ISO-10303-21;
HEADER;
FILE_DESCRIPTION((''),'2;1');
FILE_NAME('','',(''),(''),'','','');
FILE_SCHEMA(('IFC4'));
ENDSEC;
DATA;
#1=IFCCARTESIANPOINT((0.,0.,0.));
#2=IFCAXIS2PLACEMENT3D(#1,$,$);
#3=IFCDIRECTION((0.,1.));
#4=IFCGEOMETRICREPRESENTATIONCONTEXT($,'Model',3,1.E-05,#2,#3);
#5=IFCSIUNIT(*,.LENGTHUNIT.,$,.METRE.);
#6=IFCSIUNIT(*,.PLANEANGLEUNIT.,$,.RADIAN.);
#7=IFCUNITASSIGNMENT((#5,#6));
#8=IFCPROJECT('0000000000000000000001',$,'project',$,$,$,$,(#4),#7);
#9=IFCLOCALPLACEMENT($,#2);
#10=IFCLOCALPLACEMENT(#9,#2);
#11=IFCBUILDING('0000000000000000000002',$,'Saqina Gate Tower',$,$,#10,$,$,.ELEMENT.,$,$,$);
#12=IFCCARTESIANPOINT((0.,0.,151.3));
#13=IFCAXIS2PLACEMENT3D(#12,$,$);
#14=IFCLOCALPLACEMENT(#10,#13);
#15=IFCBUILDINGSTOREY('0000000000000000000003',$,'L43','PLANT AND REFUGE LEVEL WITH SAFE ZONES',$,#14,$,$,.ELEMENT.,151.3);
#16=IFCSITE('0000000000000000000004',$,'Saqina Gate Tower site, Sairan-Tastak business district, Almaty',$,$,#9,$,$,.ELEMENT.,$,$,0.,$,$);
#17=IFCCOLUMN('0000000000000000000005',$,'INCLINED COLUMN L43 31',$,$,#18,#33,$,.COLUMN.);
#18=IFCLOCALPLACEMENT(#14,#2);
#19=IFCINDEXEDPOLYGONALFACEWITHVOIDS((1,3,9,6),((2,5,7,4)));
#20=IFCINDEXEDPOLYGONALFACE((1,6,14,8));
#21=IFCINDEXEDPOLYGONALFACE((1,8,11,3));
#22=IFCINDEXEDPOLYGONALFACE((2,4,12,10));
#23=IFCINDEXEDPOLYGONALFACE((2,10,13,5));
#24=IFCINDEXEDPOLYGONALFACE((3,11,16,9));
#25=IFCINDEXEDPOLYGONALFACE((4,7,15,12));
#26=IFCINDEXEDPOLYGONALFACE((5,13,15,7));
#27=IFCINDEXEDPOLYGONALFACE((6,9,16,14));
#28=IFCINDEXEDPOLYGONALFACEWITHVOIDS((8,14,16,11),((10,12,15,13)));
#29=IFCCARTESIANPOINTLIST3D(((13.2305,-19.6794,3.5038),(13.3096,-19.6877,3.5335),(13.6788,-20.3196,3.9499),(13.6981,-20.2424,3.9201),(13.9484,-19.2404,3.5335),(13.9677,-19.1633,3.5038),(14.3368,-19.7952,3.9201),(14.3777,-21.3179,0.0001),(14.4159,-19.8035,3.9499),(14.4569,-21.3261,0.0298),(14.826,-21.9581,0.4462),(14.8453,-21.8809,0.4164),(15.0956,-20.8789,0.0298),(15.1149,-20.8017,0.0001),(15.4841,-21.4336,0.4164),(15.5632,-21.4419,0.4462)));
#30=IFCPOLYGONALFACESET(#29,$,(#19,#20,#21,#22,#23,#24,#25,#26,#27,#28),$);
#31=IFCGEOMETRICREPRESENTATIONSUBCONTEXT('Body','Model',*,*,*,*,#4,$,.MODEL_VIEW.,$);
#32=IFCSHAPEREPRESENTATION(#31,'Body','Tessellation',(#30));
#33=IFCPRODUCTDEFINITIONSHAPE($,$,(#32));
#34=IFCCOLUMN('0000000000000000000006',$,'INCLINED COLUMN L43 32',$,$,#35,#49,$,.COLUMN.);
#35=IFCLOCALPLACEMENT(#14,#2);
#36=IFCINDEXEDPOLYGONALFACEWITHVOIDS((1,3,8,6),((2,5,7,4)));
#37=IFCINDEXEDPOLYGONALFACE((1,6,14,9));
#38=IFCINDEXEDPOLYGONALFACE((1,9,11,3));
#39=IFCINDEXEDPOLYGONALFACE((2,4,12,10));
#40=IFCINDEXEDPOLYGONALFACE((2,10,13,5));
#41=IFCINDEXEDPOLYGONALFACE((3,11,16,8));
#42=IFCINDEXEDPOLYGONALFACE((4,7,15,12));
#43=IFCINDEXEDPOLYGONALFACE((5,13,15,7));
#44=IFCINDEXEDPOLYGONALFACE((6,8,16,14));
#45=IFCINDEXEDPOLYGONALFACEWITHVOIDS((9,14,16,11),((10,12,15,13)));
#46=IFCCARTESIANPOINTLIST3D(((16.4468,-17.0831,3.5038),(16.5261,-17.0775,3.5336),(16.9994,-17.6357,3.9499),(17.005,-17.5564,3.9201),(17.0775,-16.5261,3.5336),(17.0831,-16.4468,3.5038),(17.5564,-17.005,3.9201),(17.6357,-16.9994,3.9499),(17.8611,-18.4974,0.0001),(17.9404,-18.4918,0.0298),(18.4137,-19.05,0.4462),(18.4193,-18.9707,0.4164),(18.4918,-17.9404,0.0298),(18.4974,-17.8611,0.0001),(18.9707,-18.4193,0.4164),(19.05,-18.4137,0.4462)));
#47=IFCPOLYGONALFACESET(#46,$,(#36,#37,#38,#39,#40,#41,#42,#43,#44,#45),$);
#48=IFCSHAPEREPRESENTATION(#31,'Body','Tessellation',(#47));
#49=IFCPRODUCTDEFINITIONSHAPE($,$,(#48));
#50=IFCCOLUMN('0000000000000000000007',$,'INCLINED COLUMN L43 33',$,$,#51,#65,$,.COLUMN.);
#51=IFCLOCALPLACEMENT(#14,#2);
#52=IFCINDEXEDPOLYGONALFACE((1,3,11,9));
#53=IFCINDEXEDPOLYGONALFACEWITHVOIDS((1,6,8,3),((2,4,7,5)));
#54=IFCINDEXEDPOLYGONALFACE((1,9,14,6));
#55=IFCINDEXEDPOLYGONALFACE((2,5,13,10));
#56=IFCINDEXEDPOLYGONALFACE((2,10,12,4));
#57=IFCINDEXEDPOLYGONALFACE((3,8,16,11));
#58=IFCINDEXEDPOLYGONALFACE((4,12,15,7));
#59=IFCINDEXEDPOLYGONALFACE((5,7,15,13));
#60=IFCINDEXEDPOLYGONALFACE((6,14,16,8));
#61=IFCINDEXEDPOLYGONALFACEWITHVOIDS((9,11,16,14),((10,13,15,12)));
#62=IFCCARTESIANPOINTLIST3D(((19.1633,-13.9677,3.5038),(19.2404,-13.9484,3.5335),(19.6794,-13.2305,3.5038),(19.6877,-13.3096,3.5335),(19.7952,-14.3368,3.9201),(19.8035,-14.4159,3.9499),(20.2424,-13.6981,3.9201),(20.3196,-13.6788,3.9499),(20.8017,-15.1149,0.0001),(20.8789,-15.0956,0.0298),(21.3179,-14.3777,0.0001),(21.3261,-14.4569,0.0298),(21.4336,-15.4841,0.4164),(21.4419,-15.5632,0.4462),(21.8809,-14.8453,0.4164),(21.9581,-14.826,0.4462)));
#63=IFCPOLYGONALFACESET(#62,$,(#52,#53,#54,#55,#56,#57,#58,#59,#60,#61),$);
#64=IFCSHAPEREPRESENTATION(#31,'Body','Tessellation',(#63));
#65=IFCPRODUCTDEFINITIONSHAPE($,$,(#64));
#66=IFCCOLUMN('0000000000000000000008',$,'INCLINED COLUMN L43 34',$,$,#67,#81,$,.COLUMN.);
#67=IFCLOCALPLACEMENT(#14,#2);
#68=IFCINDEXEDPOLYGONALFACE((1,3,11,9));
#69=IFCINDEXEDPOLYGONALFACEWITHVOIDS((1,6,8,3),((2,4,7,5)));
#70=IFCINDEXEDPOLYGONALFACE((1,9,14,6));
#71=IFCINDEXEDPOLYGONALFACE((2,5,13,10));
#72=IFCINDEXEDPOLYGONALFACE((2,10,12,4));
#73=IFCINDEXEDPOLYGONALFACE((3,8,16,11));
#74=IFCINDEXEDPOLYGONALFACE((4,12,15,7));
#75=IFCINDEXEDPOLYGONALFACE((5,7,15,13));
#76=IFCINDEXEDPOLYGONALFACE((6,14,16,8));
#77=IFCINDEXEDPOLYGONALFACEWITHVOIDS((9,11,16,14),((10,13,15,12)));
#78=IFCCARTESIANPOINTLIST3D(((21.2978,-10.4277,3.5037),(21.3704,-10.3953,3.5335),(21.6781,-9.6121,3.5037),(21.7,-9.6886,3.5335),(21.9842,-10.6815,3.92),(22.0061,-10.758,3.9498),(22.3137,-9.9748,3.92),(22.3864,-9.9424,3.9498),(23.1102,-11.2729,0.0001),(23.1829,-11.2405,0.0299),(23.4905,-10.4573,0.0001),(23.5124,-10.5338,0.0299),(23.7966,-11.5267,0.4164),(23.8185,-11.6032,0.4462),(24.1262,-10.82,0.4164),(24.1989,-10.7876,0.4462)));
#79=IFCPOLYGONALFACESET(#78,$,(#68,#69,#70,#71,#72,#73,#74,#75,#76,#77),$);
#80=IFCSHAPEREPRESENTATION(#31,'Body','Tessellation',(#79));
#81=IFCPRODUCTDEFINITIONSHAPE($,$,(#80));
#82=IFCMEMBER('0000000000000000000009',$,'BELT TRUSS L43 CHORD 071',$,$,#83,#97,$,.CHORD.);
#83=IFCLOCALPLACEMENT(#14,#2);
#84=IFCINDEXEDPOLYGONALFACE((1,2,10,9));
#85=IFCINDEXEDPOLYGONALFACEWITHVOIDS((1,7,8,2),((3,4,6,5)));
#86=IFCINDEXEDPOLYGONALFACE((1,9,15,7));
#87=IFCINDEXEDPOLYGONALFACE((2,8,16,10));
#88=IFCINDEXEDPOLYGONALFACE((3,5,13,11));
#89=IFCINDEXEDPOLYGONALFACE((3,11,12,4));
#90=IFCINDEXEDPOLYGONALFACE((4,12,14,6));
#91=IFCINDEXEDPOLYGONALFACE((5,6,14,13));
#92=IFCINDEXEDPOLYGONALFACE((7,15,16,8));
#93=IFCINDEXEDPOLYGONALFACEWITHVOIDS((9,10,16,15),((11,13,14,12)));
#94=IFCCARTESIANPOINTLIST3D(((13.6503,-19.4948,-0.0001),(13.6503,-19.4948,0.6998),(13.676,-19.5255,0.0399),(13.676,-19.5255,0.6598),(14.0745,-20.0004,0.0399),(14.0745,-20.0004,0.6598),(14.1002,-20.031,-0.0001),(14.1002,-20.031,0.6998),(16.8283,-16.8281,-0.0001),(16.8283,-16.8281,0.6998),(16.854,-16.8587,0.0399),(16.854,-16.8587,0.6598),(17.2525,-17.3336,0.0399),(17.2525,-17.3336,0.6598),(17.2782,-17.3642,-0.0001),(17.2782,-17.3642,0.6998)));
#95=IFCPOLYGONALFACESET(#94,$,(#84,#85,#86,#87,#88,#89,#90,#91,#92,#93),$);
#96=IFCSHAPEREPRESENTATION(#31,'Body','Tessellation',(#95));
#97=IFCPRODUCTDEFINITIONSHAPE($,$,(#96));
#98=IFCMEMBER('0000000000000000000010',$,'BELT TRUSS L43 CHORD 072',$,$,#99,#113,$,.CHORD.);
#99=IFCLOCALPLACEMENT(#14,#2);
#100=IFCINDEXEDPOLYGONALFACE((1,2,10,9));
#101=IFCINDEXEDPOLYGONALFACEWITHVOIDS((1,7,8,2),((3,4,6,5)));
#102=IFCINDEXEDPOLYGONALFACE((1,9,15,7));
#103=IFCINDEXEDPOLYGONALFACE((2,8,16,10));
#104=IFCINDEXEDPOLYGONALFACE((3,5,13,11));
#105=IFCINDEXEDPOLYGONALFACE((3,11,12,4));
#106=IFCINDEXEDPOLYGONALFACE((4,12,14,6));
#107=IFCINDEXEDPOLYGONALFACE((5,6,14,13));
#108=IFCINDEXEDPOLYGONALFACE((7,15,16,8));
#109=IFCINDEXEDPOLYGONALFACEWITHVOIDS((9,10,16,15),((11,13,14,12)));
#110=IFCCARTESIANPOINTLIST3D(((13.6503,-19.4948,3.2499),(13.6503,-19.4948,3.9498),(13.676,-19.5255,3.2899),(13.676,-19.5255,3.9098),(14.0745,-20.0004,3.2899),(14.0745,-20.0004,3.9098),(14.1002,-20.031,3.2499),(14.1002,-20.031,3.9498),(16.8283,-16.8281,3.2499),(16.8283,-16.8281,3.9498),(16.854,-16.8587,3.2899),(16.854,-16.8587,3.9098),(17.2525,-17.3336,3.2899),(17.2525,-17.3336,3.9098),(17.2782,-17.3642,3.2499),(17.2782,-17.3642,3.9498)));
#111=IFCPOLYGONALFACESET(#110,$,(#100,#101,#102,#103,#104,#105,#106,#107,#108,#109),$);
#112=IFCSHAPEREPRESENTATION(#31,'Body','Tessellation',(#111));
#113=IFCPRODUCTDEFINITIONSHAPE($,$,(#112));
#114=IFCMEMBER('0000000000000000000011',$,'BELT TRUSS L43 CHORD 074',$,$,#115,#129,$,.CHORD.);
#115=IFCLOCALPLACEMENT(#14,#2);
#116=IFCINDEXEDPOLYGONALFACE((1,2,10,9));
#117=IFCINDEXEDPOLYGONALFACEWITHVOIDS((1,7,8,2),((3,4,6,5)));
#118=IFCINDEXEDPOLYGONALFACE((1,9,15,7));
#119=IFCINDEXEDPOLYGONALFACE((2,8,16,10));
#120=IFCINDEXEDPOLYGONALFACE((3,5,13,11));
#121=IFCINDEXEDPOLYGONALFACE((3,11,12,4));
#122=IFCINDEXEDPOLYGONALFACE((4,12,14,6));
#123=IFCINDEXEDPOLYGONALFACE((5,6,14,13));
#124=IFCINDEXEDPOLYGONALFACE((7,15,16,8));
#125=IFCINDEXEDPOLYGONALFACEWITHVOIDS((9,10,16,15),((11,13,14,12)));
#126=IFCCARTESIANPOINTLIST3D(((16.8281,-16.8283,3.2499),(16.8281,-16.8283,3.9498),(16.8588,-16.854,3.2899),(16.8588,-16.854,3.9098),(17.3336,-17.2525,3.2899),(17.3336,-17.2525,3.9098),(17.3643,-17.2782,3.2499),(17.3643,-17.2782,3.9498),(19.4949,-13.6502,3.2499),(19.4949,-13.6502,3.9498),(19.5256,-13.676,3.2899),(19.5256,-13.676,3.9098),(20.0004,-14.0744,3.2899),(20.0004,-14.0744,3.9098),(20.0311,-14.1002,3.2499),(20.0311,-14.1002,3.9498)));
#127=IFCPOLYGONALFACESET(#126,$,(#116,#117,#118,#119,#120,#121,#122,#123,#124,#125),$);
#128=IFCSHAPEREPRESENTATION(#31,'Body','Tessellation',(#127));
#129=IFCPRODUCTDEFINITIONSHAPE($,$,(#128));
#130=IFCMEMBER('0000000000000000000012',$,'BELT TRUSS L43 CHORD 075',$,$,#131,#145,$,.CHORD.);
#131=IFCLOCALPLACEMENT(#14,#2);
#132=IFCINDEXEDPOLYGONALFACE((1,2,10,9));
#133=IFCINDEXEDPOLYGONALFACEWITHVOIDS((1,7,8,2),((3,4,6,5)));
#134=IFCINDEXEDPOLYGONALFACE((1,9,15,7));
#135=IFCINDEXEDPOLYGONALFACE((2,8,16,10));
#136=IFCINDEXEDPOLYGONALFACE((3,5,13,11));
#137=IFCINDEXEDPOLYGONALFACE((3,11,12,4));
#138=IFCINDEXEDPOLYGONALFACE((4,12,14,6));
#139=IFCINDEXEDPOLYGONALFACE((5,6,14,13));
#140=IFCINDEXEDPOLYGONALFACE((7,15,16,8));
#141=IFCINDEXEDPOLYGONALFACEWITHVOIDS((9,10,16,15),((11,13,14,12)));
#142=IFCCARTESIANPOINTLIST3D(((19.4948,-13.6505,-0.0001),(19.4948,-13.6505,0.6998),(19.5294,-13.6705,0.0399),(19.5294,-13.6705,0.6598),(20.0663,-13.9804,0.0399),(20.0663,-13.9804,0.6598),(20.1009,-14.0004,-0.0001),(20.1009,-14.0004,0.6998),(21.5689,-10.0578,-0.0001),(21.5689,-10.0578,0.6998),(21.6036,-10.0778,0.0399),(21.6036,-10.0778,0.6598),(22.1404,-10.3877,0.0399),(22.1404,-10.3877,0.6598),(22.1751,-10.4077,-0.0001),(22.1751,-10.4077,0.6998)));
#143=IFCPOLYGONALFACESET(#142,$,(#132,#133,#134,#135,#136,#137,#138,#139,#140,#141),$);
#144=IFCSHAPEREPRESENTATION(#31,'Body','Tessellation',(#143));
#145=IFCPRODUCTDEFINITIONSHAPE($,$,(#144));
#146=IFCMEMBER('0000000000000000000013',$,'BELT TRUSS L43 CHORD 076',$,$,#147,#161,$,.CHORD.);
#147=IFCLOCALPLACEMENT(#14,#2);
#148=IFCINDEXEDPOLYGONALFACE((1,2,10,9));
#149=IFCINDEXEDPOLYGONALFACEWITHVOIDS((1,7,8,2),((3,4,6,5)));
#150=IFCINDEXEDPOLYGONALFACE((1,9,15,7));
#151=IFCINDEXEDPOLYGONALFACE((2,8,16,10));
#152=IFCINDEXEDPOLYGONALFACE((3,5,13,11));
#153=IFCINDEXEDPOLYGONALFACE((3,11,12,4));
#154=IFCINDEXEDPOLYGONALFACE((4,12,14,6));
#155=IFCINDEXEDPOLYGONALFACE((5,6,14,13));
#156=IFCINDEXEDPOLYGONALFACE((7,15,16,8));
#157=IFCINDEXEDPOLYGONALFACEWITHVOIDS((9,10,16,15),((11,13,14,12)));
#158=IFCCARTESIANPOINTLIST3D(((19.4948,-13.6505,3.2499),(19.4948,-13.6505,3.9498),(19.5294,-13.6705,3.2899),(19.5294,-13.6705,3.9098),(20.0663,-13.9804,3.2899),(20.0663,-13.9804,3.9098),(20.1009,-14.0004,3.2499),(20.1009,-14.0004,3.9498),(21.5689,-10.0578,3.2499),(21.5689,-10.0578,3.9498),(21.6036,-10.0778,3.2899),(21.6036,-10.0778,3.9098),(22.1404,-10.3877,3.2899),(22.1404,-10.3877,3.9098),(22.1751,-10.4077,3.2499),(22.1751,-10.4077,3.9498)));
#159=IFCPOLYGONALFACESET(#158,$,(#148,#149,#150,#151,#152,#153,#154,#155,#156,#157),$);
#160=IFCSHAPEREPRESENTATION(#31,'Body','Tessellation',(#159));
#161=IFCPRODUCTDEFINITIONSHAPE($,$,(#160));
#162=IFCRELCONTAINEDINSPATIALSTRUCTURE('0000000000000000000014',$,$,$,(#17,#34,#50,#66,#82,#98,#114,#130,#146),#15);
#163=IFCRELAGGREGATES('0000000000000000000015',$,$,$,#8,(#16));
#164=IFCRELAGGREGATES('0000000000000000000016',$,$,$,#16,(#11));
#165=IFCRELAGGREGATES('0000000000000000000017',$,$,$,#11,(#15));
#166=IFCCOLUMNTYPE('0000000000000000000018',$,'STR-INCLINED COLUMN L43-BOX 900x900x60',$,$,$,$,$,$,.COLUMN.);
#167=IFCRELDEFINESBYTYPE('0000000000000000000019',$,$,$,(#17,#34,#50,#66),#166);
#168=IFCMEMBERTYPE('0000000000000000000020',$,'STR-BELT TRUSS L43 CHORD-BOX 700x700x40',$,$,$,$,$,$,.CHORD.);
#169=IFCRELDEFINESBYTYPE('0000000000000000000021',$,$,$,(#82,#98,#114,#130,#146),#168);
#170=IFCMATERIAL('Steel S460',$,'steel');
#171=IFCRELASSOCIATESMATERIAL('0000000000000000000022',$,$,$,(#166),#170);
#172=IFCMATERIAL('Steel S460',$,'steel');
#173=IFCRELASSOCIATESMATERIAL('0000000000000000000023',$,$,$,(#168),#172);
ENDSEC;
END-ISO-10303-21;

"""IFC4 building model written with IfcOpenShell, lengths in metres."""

from ifc_helpers import new_model, si_unit, direction, frame, origin, origin_2d, place, context, subcontext, project, spatial, hollow_rectangle, extrude, material, material_profile, profile_set, type_object, element, save


model = new_model("IFC4")

# Units and contexts
model_context = context("Model", 3, precision=1e-05, world=origin(), true_north=direction((0.0, 1.0)))
body_context = subcontext(model_context, "Body", "Model", "MODEL_VIEW")
ifc_project = project(units=[si_unit("LENGTHUNIT", "METRE"), si_unit("PLANEANGLEUNIT", "RADIAN")], contexts=[model_context])

# Site, building, storey
site_placement = place(None, origin())
site = spatial("IfcSite", under=ifc_project, at=site_placement, Name="Saqina Gate Tower site, Sairan-Tastak business district, Almaty", CompositionType="ELEMENT", RefElevation=0.0)
building_placement = place(site_placement, origin())
building = spatial("IfcBuilding", under=site, at=building_placement, Name="Saqina Gate Tower", CompositionType="ELEMENT")
storey_placement = place(building_placement, frame((0.0, 0.0, 151.3)))
storey = spatial("IfcBuildingStorey", under=building, at=storey_placement, Name="L43", Description="PLANT AND REFUGE LEVEL WITH SAFE ZONES", CompositionType="ELEMENT", Elevation=151.3)

# Columns
ifc_material_1 = material(Name="Steel S460", Category="steel")
ifc_material_profile_1 = material_profile(ifc_material_1, hollow_rectangle(XDim=0.8999, YDim=0.8999, WallThickness=0.0601, at=origin_2d()), Name="BOX 900x900x60")
ifc_profile_set_1 = profile_set([ifc_material_profile_1], Name="Steel S460")
column_type = type_object("IfcColumnType", Name="STR-INCLINED COLUMN L43-BOX 900x900x60", PredefinedType="COLUMN", material=ifc_profile_set_1)
for number, where, z_axis, x_axis, name in (
    (1, (14.9705, -21.3799, 0.2231), (-0.28436, 0.406117, 0.868452), (-0.819157, -0.573569, 0.0), "INCLINED COLUMN L43 31"),
    (2, (18.4556, -18.4556, 0.2231), (-0.350564, 0.350564, 0.868452), (-0.707107, -0.707107, 0.0), "INCLINED COLUMN L43 32"),
    (3, (21.3799, -14.9705, 0.2231), (-0.406117, 0.28436, 0.868452), (-0.573569, -0.819157, 0.0), "INCLINED COLUMN L43 33"),
):
    element("IfcColumn", number, at=place(storey_placement, frame(where, z_axis=z_axis, x_axis=x_axis)), inside=storey, type_object=column_type, Name=name, PredefinedType="COLUMN", context=body_context, shape_type="SweptSolid", body=[
        extrude(hollow_rectangle(XDim=0.8999, YDim=0.8999, WallThickness=0.0601, at=origin_2d()), origin(), (0.0, 0.0, 1.0), 4.0344),
    ])
column_placement = place(storey_placement, frame((23.6545, -11.0303, 0.2231), z_axis=(-0.449278, 0.20951, 0.868479), x_axis=(-0.422631, -0.906302, 0.0)))
element("IfcColumn", 4, at=column_placement, inside=storey, type_object=column_type, Name="INCLINED COLUMN L43 34", PredefinedType="COLUMN", context=body_context, shape_type="SweptSolid", body=[
    extrude(hollow_rectangle(XDim=0.8999, YDim=0.8999, WallThickness=0.0601, at=origin_2d()), origin(), (0.0, 0.0, 1.0), 4.0342),
])

# Members
ifc_material_2 = material(Name="Steel S460", Category="steel")
ifc_material_profile_2 = material_profile(ifc_material_2, hollow_rectangle(XDim=0.7, YDim=0.7, WallThickness=0.04, at=origin_2d()), Name="BOX 700x700x40")
ifc_profile_set_2 = profile_set([ifc_material_profile_2], Name="Steel S460")
member_type_1 = type_object("IfcMemberType", Name="STR-BELT TRUSS L43 CHORD-BOX 700x700x40", PredefinedType="CHORD", material=ifc_profile_set_2)
for number, where, z_axis, x_axis, name in (
    (5, (13.8752, -19.7629, 0.3499), (0.766032, 0.642803, 0.0), (-0.642803, 0.766032, 0.0), "BELT TRUSS L43 CHORD 071"),
    (6, (13.8752, -19.7629, 3.5999), (0.766032, 0.642803, 0.0), (-0.642803, 0.766032, 0.0), "BELT TRUSS L43 CHORD 072"),
    (7, (17.0962, -17.0532, 3.5999), (0.642803, 0.766032, 0.0), (-0.766032, 0.642803, 0.0), "BELT TRUSS L43 CHORD 074"),
):
    element("IfcMember", number, at=place(storey_placement, frame(where, z_axis=z_axis, x_axis=x_axis)), inside=storey, type_object=member_type_1, Name=name, PredefinedType="CHORD", context=body_context, shape_type="SweptSolid", body=[
        extrude(hollow_rectangle(XDim=0.7, YDim=0.7, WallThickness=0.04, at=origin_2d()), origin(), (0.0, 0.0, 1.0), 4.1487),
    ])
for number, where, z_axis, x_axis, name in (
    (8, (19.7979, -13.8254, 0.3499), (0.499987, 0.866033, 0.0), (-0.866033, 0.499987, 0.0), "BELT TRUSS L43 CHORD 075"),
    (9, (19.7979, -13.8254, 3.5999), (0.499987, 0.866033, 0.0), (-0.866033, 0.499987, 0.0), "BELT TRUSS L43 CHORD 076"),
):
    element("IfcMember", number, at=place(storey_placement, frame(where, z_axis=z_axis, x_axis=x_axis)), inside=storey, type_object=member_type_1, Name=name, PredefinedType="CHORD", context=body_context, shape_type="SweptSolid", body=[
        extrude(hollow_rectangle(XDim=0.7, YDim=0.7, WallThickness=0.04, at=origin_2d()), origin(), (0.0, 0.0, 1.0), 4.1484),
    ])

save(model, "model.ifc")
